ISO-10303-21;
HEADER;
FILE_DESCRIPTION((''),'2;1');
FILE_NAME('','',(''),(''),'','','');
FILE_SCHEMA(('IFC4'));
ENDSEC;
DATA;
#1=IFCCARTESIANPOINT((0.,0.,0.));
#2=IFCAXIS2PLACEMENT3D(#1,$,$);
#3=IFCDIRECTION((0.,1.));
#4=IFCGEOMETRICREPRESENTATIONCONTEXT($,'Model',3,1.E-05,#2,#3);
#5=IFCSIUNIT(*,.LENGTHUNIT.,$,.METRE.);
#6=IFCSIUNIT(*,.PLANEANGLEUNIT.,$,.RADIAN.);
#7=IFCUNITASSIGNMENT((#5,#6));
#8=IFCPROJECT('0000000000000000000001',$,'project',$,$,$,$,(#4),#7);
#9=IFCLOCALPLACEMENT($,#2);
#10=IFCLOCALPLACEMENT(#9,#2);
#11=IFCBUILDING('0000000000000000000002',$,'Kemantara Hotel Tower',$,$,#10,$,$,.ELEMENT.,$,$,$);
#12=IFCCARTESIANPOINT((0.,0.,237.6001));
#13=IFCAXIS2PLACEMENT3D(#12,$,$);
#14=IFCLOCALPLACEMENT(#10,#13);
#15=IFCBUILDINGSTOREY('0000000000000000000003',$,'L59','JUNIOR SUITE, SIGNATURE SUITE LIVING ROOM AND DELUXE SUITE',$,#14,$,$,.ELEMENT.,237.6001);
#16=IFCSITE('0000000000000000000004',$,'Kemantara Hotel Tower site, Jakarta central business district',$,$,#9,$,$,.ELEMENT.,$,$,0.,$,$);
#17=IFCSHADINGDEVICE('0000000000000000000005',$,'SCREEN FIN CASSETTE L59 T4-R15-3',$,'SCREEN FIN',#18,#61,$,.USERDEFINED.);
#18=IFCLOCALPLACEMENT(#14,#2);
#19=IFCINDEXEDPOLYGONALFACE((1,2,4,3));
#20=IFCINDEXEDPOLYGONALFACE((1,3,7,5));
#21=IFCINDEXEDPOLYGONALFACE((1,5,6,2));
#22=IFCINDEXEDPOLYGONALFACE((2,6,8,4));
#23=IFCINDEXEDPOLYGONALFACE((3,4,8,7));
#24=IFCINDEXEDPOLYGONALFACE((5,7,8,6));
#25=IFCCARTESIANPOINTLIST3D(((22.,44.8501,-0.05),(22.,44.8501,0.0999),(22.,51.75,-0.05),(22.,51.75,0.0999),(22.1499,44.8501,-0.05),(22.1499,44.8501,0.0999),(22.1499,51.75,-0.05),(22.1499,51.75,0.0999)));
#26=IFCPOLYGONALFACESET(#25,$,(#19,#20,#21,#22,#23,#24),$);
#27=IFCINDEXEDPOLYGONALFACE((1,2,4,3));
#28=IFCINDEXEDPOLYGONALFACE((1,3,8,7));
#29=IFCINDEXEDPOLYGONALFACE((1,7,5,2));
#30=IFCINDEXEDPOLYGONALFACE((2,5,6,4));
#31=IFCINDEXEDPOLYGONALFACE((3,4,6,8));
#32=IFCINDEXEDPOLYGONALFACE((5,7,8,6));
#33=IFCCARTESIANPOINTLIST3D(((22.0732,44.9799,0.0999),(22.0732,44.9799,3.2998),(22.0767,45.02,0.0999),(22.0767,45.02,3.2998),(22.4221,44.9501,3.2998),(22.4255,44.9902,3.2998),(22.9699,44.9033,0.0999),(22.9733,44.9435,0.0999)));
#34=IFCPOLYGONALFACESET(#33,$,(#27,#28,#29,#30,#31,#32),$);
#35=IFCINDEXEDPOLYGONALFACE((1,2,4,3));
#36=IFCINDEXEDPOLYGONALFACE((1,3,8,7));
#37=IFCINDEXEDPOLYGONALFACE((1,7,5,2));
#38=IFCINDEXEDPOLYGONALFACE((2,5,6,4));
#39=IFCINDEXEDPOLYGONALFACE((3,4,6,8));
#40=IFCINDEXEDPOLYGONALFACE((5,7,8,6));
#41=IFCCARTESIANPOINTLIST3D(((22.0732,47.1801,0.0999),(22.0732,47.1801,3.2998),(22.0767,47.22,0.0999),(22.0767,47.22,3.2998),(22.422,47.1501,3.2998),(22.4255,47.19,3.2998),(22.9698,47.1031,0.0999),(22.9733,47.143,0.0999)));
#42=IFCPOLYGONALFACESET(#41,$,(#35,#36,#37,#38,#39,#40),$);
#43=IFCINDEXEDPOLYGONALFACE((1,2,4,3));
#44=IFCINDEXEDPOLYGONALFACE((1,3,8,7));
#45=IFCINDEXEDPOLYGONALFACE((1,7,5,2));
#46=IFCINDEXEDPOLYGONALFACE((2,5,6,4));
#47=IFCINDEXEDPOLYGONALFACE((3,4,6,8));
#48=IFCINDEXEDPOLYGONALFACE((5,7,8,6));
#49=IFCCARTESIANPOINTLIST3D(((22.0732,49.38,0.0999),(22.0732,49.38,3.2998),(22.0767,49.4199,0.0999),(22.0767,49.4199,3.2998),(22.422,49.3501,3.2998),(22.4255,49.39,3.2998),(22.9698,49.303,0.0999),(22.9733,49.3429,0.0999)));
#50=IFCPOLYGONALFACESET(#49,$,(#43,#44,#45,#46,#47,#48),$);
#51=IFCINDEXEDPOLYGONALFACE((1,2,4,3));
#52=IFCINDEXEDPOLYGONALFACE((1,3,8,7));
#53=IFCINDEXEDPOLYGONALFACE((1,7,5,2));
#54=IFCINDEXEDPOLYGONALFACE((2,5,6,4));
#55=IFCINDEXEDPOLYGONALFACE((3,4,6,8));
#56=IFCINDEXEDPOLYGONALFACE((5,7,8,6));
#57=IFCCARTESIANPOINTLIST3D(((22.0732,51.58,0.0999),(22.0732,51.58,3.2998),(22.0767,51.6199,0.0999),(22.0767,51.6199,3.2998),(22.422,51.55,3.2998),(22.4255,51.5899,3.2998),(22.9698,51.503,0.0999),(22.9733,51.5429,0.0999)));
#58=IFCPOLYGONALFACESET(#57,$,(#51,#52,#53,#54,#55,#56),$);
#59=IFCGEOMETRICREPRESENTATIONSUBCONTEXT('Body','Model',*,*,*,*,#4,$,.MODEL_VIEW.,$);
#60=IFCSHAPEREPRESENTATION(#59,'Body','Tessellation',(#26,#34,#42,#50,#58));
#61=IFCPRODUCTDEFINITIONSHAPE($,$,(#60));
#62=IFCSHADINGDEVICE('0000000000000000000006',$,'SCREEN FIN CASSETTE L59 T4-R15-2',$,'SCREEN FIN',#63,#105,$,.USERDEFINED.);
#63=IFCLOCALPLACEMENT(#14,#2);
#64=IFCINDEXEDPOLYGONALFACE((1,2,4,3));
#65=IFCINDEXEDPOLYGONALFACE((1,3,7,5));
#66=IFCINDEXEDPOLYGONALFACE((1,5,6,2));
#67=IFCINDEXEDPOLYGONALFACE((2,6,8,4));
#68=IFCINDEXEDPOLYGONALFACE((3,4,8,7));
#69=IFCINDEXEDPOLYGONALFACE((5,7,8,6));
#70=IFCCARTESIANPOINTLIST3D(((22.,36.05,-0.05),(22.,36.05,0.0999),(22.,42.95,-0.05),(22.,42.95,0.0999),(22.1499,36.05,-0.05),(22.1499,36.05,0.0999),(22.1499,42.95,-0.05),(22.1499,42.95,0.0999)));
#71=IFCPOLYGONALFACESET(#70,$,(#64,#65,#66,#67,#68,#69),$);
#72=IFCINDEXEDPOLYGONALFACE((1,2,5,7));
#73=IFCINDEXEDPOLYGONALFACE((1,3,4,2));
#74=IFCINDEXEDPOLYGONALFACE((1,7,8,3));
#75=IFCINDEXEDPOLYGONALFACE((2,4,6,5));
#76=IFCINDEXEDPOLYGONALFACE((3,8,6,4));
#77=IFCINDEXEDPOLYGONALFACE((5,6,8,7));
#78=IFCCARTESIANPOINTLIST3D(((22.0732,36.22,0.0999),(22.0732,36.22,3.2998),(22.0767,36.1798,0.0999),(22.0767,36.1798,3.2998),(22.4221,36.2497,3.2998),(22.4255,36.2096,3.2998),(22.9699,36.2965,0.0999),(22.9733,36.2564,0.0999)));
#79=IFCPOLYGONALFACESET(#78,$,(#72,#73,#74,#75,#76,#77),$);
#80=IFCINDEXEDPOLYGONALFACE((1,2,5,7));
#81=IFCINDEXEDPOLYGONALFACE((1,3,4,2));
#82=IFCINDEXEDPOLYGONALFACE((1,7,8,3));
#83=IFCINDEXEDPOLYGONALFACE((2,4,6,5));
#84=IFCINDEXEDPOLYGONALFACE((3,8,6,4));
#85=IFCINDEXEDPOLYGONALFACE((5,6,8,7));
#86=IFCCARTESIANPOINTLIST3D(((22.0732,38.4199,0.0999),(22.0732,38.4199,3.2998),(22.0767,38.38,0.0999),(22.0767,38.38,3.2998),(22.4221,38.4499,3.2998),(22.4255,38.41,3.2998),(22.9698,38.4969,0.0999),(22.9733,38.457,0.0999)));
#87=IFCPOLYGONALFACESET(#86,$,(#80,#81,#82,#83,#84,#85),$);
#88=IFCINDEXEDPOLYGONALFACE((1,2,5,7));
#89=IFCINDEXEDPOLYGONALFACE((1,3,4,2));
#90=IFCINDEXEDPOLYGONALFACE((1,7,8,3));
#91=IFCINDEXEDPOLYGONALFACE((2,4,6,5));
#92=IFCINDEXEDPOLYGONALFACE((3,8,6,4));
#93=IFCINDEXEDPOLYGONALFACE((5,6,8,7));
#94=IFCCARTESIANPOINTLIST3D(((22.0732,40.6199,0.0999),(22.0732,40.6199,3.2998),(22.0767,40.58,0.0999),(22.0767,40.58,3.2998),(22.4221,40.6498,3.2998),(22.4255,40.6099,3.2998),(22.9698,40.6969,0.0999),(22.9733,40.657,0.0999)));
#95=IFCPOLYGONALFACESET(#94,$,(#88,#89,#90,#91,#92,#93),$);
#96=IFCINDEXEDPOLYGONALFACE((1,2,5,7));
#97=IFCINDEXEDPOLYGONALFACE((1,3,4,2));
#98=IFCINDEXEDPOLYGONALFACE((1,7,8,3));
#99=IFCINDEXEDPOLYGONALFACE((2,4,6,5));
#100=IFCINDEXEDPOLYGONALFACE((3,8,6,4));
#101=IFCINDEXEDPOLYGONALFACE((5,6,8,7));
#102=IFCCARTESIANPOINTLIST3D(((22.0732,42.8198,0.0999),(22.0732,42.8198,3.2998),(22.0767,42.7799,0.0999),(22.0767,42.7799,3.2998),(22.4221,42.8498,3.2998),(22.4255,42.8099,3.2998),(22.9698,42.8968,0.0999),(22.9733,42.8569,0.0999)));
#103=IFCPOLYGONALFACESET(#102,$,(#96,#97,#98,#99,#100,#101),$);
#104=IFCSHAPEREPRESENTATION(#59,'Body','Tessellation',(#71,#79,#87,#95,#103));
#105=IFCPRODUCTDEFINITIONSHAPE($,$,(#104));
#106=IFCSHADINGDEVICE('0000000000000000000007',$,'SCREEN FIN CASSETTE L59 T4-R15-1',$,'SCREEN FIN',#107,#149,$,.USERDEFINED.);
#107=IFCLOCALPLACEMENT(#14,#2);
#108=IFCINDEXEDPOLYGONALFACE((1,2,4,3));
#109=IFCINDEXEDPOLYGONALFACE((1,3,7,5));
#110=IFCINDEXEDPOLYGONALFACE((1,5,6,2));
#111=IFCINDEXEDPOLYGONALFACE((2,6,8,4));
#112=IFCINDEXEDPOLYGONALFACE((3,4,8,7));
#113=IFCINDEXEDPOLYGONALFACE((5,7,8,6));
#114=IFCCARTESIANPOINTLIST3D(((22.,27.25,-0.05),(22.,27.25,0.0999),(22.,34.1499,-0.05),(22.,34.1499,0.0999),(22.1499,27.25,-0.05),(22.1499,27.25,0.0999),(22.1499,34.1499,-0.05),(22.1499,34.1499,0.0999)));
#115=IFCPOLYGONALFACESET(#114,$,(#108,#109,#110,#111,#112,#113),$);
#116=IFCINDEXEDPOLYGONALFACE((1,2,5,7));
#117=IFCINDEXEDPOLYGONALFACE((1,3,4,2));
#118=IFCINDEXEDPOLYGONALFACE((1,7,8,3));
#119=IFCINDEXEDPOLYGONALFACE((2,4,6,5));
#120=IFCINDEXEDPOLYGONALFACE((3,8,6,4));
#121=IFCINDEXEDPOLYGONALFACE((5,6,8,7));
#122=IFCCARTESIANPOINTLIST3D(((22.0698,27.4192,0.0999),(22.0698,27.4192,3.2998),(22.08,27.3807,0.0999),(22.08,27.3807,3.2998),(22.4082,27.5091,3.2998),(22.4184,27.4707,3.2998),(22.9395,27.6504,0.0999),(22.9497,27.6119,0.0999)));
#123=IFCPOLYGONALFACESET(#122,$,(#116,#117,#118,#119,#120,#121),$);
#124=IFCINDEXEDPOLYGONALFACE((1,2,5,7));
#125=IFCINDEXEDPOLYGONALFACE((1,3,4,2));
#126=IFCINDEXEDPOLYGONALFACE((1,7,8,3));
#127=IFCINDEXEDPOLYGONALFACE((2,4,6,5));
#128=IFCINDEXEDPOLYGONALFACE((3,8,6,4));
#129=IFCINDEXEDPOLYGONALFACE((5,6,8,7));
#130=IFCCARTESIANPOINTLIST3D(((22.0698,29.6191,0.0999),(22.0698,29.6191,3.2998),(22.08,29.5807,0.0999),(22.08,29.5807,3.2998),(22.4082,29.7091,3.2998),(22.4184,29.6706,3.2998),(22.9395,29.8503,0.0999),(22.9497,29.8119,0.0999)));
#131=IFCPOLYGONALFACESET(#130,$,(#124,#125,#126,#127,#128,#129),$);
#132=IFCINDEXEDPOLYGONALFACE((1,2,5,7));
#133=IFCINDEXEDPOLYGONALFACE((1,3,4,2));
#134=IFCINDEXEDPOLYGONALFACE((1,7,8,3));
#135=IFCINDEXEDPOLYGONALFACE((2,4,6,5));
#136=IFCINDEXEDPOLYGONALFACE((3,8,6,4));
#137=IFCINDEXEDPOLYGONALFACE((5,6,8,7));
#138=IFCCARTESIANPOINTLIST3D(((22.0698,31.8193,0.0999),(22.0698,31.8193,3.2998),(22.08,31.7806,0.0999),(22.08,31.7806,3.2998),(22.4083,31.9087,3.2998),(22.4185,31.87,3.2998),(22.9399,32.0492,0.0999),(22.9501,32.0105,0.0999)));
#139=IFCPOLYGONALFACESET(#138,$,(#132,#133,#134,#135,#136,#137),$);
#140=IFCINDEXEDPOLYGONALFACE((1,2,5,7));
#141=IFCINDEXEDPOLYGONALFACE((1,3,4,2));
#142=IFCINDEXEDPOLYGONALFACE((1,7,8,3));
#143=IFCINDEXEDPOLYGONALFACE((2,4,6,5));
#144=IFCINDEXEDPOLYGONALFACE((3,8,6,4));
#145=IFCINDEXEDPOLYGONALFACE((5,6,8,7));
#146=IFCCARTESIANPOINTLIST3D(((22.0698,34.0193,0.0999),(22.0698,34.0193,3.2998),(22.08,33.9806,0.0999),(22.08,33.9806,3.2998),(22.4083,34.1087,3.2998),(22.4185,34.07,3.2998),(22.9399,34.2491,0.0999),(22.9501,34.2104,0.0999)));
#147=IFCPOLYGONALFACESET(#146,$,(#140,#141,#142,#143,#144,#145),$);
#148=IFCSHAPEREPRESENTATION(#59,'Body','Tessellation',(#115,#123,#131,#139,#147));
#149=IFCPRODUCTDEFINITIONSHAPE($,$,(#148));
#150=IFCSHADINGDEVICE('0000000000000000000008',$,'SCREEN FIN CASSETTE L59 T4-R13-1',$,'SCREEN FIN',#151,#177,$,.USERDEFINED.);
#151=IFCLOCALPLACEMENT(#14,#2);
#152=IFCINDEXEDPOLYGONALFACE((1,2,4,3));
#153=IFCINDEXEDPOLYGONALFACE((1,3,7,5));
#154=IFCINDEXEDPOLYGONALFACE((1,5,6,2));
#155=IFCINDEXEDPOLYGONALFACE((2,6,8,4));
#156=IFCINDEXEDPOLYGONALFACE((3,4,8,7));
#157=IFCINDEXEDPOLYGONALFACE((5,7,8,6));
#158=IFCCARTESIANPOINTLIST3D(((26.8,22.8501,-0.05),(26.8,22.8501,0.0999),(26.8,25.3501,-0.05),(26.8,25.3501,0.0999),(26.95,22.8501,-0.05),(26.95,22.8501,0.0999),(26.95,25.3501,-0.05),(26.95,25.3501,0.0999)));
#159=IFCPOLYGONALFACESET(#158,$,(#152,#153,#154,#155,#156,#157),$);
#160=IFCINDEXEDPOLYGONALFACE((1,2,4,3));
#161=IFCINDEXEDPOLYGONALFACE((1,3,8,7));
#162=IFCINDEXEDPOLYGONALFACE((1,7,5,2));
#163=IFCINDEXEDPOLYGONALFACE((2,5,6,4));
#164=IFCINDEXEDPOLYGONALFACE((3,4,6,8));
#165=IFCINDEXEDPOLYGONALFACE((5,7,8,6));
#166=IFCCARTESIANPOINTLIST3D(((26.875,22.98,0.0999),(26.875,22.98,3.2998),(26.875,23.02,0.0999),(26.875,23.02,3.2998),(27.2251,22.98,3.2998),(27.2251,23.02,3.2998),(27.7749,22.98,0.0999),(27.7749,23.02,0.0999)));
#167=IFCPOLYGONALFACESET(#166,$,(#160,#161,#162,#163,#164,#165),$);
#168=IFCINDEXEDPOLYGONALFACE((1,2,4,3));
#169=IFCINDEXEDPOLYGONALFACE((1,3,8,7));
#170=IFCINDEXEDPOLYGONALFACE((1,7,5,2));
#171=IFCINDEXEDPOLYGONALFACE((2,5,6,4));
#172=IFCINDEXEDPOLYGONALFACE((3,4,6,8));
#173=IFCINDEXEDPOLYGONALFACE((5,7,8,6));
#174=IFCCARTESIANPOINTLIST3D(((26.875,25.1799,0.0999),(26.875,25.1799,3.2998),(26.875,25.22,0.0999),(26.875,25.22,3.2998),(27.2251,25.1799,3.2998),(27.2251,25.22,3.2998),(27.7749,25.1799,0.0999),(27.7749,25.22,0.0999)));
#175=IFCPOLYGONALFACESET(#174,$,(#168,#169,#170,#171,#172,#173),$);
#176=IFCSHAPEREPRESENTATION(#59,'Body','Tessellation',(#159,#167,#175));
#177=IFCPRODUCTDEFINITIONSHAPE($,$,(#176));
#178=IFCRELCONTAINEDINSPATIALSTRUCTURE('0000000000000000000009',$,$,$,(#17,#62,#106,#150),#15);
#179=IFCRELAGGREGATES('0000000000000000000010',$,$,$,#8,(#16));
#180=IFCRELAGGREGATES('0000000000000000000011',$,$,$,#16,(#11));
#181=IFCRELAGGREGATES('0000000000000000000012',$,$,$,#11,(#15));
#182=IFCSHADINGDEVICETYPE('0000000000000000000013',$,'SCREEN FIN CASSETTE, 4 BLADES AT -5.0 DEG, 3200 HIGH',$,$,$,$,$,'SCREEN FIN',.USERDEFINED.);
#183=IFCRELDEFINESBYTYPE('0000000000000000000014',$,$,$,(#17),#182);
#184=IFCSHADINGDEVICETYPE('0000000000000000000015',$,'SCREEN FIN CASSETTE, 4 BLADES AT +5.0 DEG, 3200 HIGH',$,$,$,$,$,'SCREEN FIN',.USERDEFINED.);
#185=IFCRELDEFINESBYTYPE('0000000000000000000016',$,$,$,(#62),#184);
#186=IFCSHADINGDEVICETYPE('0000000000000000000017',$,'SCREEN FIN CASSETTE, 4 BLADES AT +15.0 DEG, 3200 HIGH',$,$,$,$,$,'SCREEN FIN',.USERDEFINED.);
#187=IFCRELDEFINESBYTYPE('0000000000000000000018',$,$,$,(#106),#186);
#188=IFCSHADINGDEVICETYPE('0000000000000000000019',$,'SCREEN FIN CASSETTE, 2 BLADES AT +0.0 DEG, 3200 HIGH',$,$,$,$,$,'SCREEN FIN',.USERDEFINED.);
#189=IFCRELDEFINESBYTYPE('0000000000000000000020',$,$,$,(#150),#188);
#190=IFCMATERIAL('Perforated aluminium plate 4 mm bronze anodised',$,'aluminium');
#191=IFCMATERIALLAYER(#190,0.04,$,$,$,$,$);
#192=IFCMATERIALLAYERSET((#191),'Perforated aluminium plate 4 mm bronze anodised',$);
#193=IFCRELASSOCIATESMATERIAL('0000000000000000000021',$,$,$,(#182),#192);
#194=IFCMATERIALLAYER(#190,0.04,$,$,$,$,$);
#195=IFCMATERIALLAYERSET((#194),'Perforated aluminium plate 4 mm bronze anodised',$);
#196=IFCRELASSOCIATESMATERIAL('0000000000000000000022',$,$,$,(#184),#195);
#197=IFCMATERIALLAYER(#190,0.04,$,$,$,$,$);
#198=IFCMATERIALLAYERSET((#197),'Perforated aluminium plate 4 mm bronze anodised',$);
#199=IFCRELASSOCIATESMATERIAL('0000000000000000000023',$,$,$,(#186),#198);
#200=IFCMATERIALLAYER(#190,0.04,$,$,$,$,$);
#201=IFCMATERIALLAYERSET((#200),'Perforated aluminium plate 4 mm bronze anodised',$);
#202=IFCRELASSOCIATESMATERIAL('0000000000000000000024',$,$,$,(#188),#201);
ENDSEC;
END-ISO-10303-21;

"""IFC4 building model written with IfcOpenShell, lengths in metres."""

from ifc_helpers import new_model, si_unit, direction, frame, origin, origin_2d, place, context, subcontext, project, spatial, polyline, rectangle, outline, extrude, source, transform, mapped, material, layer, layer_set, type_object, element, save


model = new_model("IFC4")

# Units and contexts
model_context = context("Model", 3, precision=1e-05, world=origin(), true_north=direction((0.0, 1.0)))
body_context = subcontext(model_context, "Body", "Model", "MODEL_VIEW")
ifc_project = project(units=[si_unit("LENGTHUNIT", "METRE"), si_unit("PLANEANGLEUNIT", "RADIAN")], contexts=[model_context])

# Site, building, storey
site_placement = place(None, origin())
site = spatial("IfcSite", under=ifc_project, at=site_placement, Name="Kemantara Hotel Tower site, Jakarta central business district", CompositionType="ELEMENT", RefElevation=0.0)
building_placement = place(site_placement, origin())
building = spatial("IfcBuilding", under=site, at=building_placement, Name="Kemantara Hotel Tower", CompositionType="ELEMENT")
storey_placement = place(building_placement, frame((0.0, 0.0, 237.6001)))
storey = spatial("IfcBuildingStorey", under=building, at=storey_placement, Name="L59", Description="JUNIOR SUITE, SIGNATURE SUITE LIVING ROOM AND DELUXE SUITE", CompositionType="ELEMENT", Elevation=237.6001)

# Shading devices
ifc_material_1 = material(Name="Perforated aluminium plate 4 mm bronze anodised", Category="aluminium")
ifc_layer_1 = layer(ifc_material_1, 0.04)
ifc_layer_set_1 = layer_set([ifc_layer_1], Name="Perforated aluminium plate 4 mm bronze anodised")
shading_device_type_1 = type_object("IfcShadingDeviceType", Name="SCREEN FIN CASSETTE, 4 BLADES AT -5.0 DEG, 3200 HIGH", ElementType="SCREEN FIN", PredefinedType="USERDEFINED", material=ifc_layer_set_1)
shared_shape_1 = source(origin(), body_context, "Body", "SweptSolid", [
    extrude(rectangle(XDim=6.8999, YDim=0.1499, at=origin_2d()), frame((3.3, -0.075, -0.1499), z_axis=(0.0, 0.0, 1.0), x_axis=(1.0, 0.0, 0.0)), (0.0, 0.0, 1.0), 0.1499),
    extrude(outline(polyline([(0.0, 0.0), (0.8999, 0.0), (0.3501, 3.2), (0.0, 3.2), (0.0, 0.0)])), frame((0.02, -0.0767, 0.0), z_axis=(-0.996376, 0.085056, 0.0), x_axis=(-0.085056, -0.996376, 0.0)), (0.0, 0.0, 1.0), 0.0403),
    extrude(outline(polyline([(0.0, 0.0), (0.8999, 0.0), (0.3501, 3.2), (0.0, 3.2), (0.0, 0.0)])), frame((2.22, -0.0767, 0.0), z_axis=(-0.996332, 0.085575, 0.0), x_axis=(-0.085575, -0.996332, 0.0)), (0.0, 0.0, 1.0), 0.04),
    extrude(outline(polyline([(0.0, 0.0), (0.8999, 0.0), (0.3501, 3.2), (0.0, 3.2), (0.0, 0.0)])), frame((4.4199, -0.0767, 0.0), z_axis=(-0.996332, 0.085575, 0.0), x_axis=(-0.085575, -0.996332, 0.0)), (0.0, 0.0, 1.0), 0.04),
    extrude(outline(polyline([(0.0, 0.0), (0.8999, 0.0), (0.3501, 3.2), (0.0, 3.2), (0.0, 0.0)])), frame((6.6199, -0.0767, 0.0), z_axis=(-0.996332, 0.085575, 0.0), x_axis=(-0.085575, -0.996332, 0.0)), (0.0, 0.0, 1.0), 0.04),
])
shading_device_1_placement = place(storey_placement, frame((22.0, 45.0, 0.0999), z_axis=(0.0, 0.0, 1.0), x_axis=(0.0, 1.0, 0.0)))
element("IfcShadingDevice", 1, at=shading_device_1_placement, inside=storey, type_object=shading_device_type_1, Name="SCREEN FIN CASSETTE L59 T4-R15-3", ObjectType="SCREEN FIN", PredefinedType="USERDEFINED", context=body_context, shape_type="MappedRepresentation", body=[
    mapped(shared_shape_1, transform((0.0, 0.0, 0.0))),
])
ifc_layer_2 = layer(ifc_material_1, 0.04)
ifc_layer_set_2 = layer_set([ifc_layer_2], Name="Perforated aluminium plate 4 mm bronze anodised")
shading_device_type_2 = type_object("IfcShadingDeviceType", Name="SCREEN FIN CASSETTE, 4 BLADES AT +5.0 DEG, 3200 HIGH", ElementType="SCREEN FIN", PredefinedType="USERDEFINED", material=ifc_layer_set_2)
shared_shape_2 = source(origin(), body_context, "Body", "SweptSolid", [
    extrude(rectangle(XDim=6.8999, YDim=0.1499, at=origin_2d()), frame((3.3, -0.075, -0.1499), z_axis=(0.0, 0.0, 1.0), x_axis=(1.0, 0.0, 0.0)), (0.0, 0.0, 1.0), 0.1499),
    extrude(outline(polyline([(0.0, 0.0), (0.8999, 0.0), (0.3501, 3.2), (0.0, 3.2), (0.0, 0.0)])), frame((0.02, -0.0732, 0.0), z_axis=(-0.996376, -0.085056, 0.0), x_axis=(0.085056, -0.996376, 0.0)), (0.0, 0.0, 1.0), 0.0403),
    extrude(outline(polyline([(0.0, 0.0), (0.8999, 0.0), (0.3501, 3.2), (0.0, 3.2), (0.0, 0.0)])), frame((2.22, -0.0732, 0.0), z_axis=(-0.996332, -0.085575, 0.0), x_axis=(0.085575, -0.996332, 0.0)), (0.0, 0.0, 1.0), 0.04),
    extrude(outline(polyline([(0.0, 0.0), (0.8999, 0.0), (0.3501, 3.2), (0.0, 3.2), (0.0, 0.0)])), frame((4.4199, -0.0732, 0.0), z_axis=(-0.996332, -0.085575, 0.0), x_axis=(0.085575, -0.996332, 0.0)), (0.0, 0.0, 1.0), 0.04),
    extrude(outline(polyline([(0.0, 0.0), (0.8999, 0.0), (0.3501, 3.2), (0.0, 3.2), (0.0, 0.0)])), frame((6.6199, -0.0732, 0.0), z_axis=(-0.996332, -0.085575, 0.0), x_axis=(0.085575, -0.996332, 0.0)), (0.0, 0.0, 1.0), 0.04),
])
shading_device_2_placement = place(storey_placement, frame((22.0, 36.2, 0.0999), z_axis=(0.0, 0.0, 1.0), x_axis=(0.0, 1.0, 0.0)))
element("IfcShadingDevice", 2, at=shading_device_2_placement, inside=storey, type_object=shading_device_type_2, Name="SCREEN FIN CASSETTE L59 T4-R15-2", ObjectType="SCREEN FIN", PredefinedType="USERDEFINED", context=body_context, shape_type="MappedRepresentation", body=[
    mapped(shared_shape_2, transform((0.0, 0.0, 0.0))),
])
ifc_layer_3 = layer(ifc_material_1, 0.04)
ifc_layer_set_3 = layer_set([ifc_layer_3], Name="Perforated aluminium plate 4 mm bronze anodised")
shading_device_type_3 = type_object("IfcShadingDeviceType", Name="SCREEN FIN CASSETTE, 4 BLADES AT +15.0 DEG, 3200 HIGH", ElementType="SCREEN FIN", PredefinedType="USERDEFINED", material=ifc_layer_set_3)
shared_shape_3 = source(origin(), body_context, "Body", "SweptSolid", [
    extrude(rectangle(XDim=6.8999, YDim=0.1499, at=origin_2d()), frame((3.3, -0.075, -0.1499), z_axis=(0.0, 0.0, 1.0), x_axis=(1.0, 0.0, 0.0)), (0.0, 0.0, 1.0), 0.1499),
    extrude(outline(polyline([(0.0, 0.0), (0.8999, 0.0), (0.3501, 3.2), (0.0, 3.2), (0.0, 0.0)])), frame((0.0193, -0.0698, 0.0), z_axis=(-0.966438, -0.256901, 0.0), x_axis=(0.256901, -0.966438, 0.0)), (0.0, 0.0, 1.0), 0.0398),
    extrude(outline(polyline([(0.0, 0.0), (0.8999, 0.0), (0.3501, 3.2), (0.0, 3.2), (0.0, 0.0)])), frame((2.2192, -0.0698, 0.0), z_axis=(-0.966438, -0.256901, 0.0), x_axis=(0.256901, -0.966438, 0.0)), (0.0, 0.0, 1.0), 0.0398),
    extrude(outline(polyline([(0.0, 0.0), (0.8999, 0.0), (0.3501, 3.2), (0.0, 3.2), (0.0, 0.0)])), frame((4.4194, -0.0698, 0.0), z_axis=(-0.966838, -0.255391, 0.0), x_axis=(0.255391, -0.966838, 0.0)), (0.0, 0.0, 1.0), 0.04),
    extrude(outline(polyline([(0.0, 0.0), (0.8999, 0.0), (0.3501, 3.2), (0.0, 3.2), (0.0, 0.0)])), frame((6.6194, -0.0698, 0.0), z_axis=(-0.966838, -0.255391, 0.0), x_axis=(0.255391, -0.966838, 0.0)), (0.0, 0.0, 1.0), 0.04),
])
shading_device_3_placement = place(storey_placement, frame((22.0, 27.3999, 0.0999), z_axis=(0.0, 0.0, 1.0), x_axis=(0.0, 1.0, 0.0)))
element("IfcShadingDevice", 3, at=shading_device_3_placement, inside=storey, type_object=shading_device_type_3, Name="SCREEN FIN CASSETTE L59 T4-R15-1", ObjectType="SCREEN FIN", PredefinedType="USERDEFINED", context=body_context, shape_type="MappedRepresentation", body=[
    mapped(shared_shape_3, transform((0.0, 0.0, 0.0))),
])
ifc_layer_4 = layer(ifc_material_1, 0.04)
ifc_layer_set_4 = layer_set([ifc_layer_4], Name="Perforated aluminium plate 4 mm bronze anodised")
shading_device_type_4 = type_object("IfcShadingDeviceType", Name="SCREEN FIN CASSETTE, 2 BLADES AT +0.0 DEG, 3200 HIGH", ElementType="SCREEN FIN", PredefinedType="USERDEFINED", material=ifc_layer_set_4)
shared_shape_4 = source(origin(), body_context, "Body", "SweptSolid", [
    extrude(rectangle(XDim=2.5, YDim=0.1499, at=origin_2d()), frame((1.1001, -0.075, -0.1499), z_axis=(0.0, 0.0, 1.0), x_axis=(1.0, 0.0, 0.0)), (0.0, 0.0, 1.0), 0.1499),
    extrude(outline(polyline([(0.0, 0.0), (0.8999, 0.0), (0.3501, 3.2), (0.0, 3.2), (0.0, 0.0)])), frame((0.02, -0.075, 0.0), z_axis=(-1.0, 0.0, 0.0), x_axis=(0.0, -1.0, 0.0)), (0.0, 0.0, 1.0), 0.04),
    extrude(outline(polyline([(0.0, 0.0), (0.8999, 0.0), (0.3501, 3.2), (0.0, 3.2), (0.0, 0.0)])), frame((2.22, -0.075, 0.0), z_axis=(-1.0, 0.0, 0.0), x_axis=(0.0, -1.0, 0.0)), (0.0, 0.0, 1.0), 0.04),
])
for number, where, z_axis, x_axis, name in (
    (4, (26.8, 23.0, 0.0999), (0.0, 0.0, 1.0), (0.0, 1.0, 0.0), "SCREEN FIN CASSETTE L59 T4-R13-1"),
):
    element("IfcShadingDevice", number, at=place(storey_placement, frame(where, z_axis=z_axis, x_axis=x_axis)), inside=storey, type_object=shading_device_type_4, Name=name, ObjectType="SCREEN FIN", PredefinedType="USERDEFINED", context=body_context, shape_type="MappedRepresentation", body=[
        mapped(shared_shape_4, transform((0.0, 0.0, 0.0))),
    ])

save(model, "model.ifc")
